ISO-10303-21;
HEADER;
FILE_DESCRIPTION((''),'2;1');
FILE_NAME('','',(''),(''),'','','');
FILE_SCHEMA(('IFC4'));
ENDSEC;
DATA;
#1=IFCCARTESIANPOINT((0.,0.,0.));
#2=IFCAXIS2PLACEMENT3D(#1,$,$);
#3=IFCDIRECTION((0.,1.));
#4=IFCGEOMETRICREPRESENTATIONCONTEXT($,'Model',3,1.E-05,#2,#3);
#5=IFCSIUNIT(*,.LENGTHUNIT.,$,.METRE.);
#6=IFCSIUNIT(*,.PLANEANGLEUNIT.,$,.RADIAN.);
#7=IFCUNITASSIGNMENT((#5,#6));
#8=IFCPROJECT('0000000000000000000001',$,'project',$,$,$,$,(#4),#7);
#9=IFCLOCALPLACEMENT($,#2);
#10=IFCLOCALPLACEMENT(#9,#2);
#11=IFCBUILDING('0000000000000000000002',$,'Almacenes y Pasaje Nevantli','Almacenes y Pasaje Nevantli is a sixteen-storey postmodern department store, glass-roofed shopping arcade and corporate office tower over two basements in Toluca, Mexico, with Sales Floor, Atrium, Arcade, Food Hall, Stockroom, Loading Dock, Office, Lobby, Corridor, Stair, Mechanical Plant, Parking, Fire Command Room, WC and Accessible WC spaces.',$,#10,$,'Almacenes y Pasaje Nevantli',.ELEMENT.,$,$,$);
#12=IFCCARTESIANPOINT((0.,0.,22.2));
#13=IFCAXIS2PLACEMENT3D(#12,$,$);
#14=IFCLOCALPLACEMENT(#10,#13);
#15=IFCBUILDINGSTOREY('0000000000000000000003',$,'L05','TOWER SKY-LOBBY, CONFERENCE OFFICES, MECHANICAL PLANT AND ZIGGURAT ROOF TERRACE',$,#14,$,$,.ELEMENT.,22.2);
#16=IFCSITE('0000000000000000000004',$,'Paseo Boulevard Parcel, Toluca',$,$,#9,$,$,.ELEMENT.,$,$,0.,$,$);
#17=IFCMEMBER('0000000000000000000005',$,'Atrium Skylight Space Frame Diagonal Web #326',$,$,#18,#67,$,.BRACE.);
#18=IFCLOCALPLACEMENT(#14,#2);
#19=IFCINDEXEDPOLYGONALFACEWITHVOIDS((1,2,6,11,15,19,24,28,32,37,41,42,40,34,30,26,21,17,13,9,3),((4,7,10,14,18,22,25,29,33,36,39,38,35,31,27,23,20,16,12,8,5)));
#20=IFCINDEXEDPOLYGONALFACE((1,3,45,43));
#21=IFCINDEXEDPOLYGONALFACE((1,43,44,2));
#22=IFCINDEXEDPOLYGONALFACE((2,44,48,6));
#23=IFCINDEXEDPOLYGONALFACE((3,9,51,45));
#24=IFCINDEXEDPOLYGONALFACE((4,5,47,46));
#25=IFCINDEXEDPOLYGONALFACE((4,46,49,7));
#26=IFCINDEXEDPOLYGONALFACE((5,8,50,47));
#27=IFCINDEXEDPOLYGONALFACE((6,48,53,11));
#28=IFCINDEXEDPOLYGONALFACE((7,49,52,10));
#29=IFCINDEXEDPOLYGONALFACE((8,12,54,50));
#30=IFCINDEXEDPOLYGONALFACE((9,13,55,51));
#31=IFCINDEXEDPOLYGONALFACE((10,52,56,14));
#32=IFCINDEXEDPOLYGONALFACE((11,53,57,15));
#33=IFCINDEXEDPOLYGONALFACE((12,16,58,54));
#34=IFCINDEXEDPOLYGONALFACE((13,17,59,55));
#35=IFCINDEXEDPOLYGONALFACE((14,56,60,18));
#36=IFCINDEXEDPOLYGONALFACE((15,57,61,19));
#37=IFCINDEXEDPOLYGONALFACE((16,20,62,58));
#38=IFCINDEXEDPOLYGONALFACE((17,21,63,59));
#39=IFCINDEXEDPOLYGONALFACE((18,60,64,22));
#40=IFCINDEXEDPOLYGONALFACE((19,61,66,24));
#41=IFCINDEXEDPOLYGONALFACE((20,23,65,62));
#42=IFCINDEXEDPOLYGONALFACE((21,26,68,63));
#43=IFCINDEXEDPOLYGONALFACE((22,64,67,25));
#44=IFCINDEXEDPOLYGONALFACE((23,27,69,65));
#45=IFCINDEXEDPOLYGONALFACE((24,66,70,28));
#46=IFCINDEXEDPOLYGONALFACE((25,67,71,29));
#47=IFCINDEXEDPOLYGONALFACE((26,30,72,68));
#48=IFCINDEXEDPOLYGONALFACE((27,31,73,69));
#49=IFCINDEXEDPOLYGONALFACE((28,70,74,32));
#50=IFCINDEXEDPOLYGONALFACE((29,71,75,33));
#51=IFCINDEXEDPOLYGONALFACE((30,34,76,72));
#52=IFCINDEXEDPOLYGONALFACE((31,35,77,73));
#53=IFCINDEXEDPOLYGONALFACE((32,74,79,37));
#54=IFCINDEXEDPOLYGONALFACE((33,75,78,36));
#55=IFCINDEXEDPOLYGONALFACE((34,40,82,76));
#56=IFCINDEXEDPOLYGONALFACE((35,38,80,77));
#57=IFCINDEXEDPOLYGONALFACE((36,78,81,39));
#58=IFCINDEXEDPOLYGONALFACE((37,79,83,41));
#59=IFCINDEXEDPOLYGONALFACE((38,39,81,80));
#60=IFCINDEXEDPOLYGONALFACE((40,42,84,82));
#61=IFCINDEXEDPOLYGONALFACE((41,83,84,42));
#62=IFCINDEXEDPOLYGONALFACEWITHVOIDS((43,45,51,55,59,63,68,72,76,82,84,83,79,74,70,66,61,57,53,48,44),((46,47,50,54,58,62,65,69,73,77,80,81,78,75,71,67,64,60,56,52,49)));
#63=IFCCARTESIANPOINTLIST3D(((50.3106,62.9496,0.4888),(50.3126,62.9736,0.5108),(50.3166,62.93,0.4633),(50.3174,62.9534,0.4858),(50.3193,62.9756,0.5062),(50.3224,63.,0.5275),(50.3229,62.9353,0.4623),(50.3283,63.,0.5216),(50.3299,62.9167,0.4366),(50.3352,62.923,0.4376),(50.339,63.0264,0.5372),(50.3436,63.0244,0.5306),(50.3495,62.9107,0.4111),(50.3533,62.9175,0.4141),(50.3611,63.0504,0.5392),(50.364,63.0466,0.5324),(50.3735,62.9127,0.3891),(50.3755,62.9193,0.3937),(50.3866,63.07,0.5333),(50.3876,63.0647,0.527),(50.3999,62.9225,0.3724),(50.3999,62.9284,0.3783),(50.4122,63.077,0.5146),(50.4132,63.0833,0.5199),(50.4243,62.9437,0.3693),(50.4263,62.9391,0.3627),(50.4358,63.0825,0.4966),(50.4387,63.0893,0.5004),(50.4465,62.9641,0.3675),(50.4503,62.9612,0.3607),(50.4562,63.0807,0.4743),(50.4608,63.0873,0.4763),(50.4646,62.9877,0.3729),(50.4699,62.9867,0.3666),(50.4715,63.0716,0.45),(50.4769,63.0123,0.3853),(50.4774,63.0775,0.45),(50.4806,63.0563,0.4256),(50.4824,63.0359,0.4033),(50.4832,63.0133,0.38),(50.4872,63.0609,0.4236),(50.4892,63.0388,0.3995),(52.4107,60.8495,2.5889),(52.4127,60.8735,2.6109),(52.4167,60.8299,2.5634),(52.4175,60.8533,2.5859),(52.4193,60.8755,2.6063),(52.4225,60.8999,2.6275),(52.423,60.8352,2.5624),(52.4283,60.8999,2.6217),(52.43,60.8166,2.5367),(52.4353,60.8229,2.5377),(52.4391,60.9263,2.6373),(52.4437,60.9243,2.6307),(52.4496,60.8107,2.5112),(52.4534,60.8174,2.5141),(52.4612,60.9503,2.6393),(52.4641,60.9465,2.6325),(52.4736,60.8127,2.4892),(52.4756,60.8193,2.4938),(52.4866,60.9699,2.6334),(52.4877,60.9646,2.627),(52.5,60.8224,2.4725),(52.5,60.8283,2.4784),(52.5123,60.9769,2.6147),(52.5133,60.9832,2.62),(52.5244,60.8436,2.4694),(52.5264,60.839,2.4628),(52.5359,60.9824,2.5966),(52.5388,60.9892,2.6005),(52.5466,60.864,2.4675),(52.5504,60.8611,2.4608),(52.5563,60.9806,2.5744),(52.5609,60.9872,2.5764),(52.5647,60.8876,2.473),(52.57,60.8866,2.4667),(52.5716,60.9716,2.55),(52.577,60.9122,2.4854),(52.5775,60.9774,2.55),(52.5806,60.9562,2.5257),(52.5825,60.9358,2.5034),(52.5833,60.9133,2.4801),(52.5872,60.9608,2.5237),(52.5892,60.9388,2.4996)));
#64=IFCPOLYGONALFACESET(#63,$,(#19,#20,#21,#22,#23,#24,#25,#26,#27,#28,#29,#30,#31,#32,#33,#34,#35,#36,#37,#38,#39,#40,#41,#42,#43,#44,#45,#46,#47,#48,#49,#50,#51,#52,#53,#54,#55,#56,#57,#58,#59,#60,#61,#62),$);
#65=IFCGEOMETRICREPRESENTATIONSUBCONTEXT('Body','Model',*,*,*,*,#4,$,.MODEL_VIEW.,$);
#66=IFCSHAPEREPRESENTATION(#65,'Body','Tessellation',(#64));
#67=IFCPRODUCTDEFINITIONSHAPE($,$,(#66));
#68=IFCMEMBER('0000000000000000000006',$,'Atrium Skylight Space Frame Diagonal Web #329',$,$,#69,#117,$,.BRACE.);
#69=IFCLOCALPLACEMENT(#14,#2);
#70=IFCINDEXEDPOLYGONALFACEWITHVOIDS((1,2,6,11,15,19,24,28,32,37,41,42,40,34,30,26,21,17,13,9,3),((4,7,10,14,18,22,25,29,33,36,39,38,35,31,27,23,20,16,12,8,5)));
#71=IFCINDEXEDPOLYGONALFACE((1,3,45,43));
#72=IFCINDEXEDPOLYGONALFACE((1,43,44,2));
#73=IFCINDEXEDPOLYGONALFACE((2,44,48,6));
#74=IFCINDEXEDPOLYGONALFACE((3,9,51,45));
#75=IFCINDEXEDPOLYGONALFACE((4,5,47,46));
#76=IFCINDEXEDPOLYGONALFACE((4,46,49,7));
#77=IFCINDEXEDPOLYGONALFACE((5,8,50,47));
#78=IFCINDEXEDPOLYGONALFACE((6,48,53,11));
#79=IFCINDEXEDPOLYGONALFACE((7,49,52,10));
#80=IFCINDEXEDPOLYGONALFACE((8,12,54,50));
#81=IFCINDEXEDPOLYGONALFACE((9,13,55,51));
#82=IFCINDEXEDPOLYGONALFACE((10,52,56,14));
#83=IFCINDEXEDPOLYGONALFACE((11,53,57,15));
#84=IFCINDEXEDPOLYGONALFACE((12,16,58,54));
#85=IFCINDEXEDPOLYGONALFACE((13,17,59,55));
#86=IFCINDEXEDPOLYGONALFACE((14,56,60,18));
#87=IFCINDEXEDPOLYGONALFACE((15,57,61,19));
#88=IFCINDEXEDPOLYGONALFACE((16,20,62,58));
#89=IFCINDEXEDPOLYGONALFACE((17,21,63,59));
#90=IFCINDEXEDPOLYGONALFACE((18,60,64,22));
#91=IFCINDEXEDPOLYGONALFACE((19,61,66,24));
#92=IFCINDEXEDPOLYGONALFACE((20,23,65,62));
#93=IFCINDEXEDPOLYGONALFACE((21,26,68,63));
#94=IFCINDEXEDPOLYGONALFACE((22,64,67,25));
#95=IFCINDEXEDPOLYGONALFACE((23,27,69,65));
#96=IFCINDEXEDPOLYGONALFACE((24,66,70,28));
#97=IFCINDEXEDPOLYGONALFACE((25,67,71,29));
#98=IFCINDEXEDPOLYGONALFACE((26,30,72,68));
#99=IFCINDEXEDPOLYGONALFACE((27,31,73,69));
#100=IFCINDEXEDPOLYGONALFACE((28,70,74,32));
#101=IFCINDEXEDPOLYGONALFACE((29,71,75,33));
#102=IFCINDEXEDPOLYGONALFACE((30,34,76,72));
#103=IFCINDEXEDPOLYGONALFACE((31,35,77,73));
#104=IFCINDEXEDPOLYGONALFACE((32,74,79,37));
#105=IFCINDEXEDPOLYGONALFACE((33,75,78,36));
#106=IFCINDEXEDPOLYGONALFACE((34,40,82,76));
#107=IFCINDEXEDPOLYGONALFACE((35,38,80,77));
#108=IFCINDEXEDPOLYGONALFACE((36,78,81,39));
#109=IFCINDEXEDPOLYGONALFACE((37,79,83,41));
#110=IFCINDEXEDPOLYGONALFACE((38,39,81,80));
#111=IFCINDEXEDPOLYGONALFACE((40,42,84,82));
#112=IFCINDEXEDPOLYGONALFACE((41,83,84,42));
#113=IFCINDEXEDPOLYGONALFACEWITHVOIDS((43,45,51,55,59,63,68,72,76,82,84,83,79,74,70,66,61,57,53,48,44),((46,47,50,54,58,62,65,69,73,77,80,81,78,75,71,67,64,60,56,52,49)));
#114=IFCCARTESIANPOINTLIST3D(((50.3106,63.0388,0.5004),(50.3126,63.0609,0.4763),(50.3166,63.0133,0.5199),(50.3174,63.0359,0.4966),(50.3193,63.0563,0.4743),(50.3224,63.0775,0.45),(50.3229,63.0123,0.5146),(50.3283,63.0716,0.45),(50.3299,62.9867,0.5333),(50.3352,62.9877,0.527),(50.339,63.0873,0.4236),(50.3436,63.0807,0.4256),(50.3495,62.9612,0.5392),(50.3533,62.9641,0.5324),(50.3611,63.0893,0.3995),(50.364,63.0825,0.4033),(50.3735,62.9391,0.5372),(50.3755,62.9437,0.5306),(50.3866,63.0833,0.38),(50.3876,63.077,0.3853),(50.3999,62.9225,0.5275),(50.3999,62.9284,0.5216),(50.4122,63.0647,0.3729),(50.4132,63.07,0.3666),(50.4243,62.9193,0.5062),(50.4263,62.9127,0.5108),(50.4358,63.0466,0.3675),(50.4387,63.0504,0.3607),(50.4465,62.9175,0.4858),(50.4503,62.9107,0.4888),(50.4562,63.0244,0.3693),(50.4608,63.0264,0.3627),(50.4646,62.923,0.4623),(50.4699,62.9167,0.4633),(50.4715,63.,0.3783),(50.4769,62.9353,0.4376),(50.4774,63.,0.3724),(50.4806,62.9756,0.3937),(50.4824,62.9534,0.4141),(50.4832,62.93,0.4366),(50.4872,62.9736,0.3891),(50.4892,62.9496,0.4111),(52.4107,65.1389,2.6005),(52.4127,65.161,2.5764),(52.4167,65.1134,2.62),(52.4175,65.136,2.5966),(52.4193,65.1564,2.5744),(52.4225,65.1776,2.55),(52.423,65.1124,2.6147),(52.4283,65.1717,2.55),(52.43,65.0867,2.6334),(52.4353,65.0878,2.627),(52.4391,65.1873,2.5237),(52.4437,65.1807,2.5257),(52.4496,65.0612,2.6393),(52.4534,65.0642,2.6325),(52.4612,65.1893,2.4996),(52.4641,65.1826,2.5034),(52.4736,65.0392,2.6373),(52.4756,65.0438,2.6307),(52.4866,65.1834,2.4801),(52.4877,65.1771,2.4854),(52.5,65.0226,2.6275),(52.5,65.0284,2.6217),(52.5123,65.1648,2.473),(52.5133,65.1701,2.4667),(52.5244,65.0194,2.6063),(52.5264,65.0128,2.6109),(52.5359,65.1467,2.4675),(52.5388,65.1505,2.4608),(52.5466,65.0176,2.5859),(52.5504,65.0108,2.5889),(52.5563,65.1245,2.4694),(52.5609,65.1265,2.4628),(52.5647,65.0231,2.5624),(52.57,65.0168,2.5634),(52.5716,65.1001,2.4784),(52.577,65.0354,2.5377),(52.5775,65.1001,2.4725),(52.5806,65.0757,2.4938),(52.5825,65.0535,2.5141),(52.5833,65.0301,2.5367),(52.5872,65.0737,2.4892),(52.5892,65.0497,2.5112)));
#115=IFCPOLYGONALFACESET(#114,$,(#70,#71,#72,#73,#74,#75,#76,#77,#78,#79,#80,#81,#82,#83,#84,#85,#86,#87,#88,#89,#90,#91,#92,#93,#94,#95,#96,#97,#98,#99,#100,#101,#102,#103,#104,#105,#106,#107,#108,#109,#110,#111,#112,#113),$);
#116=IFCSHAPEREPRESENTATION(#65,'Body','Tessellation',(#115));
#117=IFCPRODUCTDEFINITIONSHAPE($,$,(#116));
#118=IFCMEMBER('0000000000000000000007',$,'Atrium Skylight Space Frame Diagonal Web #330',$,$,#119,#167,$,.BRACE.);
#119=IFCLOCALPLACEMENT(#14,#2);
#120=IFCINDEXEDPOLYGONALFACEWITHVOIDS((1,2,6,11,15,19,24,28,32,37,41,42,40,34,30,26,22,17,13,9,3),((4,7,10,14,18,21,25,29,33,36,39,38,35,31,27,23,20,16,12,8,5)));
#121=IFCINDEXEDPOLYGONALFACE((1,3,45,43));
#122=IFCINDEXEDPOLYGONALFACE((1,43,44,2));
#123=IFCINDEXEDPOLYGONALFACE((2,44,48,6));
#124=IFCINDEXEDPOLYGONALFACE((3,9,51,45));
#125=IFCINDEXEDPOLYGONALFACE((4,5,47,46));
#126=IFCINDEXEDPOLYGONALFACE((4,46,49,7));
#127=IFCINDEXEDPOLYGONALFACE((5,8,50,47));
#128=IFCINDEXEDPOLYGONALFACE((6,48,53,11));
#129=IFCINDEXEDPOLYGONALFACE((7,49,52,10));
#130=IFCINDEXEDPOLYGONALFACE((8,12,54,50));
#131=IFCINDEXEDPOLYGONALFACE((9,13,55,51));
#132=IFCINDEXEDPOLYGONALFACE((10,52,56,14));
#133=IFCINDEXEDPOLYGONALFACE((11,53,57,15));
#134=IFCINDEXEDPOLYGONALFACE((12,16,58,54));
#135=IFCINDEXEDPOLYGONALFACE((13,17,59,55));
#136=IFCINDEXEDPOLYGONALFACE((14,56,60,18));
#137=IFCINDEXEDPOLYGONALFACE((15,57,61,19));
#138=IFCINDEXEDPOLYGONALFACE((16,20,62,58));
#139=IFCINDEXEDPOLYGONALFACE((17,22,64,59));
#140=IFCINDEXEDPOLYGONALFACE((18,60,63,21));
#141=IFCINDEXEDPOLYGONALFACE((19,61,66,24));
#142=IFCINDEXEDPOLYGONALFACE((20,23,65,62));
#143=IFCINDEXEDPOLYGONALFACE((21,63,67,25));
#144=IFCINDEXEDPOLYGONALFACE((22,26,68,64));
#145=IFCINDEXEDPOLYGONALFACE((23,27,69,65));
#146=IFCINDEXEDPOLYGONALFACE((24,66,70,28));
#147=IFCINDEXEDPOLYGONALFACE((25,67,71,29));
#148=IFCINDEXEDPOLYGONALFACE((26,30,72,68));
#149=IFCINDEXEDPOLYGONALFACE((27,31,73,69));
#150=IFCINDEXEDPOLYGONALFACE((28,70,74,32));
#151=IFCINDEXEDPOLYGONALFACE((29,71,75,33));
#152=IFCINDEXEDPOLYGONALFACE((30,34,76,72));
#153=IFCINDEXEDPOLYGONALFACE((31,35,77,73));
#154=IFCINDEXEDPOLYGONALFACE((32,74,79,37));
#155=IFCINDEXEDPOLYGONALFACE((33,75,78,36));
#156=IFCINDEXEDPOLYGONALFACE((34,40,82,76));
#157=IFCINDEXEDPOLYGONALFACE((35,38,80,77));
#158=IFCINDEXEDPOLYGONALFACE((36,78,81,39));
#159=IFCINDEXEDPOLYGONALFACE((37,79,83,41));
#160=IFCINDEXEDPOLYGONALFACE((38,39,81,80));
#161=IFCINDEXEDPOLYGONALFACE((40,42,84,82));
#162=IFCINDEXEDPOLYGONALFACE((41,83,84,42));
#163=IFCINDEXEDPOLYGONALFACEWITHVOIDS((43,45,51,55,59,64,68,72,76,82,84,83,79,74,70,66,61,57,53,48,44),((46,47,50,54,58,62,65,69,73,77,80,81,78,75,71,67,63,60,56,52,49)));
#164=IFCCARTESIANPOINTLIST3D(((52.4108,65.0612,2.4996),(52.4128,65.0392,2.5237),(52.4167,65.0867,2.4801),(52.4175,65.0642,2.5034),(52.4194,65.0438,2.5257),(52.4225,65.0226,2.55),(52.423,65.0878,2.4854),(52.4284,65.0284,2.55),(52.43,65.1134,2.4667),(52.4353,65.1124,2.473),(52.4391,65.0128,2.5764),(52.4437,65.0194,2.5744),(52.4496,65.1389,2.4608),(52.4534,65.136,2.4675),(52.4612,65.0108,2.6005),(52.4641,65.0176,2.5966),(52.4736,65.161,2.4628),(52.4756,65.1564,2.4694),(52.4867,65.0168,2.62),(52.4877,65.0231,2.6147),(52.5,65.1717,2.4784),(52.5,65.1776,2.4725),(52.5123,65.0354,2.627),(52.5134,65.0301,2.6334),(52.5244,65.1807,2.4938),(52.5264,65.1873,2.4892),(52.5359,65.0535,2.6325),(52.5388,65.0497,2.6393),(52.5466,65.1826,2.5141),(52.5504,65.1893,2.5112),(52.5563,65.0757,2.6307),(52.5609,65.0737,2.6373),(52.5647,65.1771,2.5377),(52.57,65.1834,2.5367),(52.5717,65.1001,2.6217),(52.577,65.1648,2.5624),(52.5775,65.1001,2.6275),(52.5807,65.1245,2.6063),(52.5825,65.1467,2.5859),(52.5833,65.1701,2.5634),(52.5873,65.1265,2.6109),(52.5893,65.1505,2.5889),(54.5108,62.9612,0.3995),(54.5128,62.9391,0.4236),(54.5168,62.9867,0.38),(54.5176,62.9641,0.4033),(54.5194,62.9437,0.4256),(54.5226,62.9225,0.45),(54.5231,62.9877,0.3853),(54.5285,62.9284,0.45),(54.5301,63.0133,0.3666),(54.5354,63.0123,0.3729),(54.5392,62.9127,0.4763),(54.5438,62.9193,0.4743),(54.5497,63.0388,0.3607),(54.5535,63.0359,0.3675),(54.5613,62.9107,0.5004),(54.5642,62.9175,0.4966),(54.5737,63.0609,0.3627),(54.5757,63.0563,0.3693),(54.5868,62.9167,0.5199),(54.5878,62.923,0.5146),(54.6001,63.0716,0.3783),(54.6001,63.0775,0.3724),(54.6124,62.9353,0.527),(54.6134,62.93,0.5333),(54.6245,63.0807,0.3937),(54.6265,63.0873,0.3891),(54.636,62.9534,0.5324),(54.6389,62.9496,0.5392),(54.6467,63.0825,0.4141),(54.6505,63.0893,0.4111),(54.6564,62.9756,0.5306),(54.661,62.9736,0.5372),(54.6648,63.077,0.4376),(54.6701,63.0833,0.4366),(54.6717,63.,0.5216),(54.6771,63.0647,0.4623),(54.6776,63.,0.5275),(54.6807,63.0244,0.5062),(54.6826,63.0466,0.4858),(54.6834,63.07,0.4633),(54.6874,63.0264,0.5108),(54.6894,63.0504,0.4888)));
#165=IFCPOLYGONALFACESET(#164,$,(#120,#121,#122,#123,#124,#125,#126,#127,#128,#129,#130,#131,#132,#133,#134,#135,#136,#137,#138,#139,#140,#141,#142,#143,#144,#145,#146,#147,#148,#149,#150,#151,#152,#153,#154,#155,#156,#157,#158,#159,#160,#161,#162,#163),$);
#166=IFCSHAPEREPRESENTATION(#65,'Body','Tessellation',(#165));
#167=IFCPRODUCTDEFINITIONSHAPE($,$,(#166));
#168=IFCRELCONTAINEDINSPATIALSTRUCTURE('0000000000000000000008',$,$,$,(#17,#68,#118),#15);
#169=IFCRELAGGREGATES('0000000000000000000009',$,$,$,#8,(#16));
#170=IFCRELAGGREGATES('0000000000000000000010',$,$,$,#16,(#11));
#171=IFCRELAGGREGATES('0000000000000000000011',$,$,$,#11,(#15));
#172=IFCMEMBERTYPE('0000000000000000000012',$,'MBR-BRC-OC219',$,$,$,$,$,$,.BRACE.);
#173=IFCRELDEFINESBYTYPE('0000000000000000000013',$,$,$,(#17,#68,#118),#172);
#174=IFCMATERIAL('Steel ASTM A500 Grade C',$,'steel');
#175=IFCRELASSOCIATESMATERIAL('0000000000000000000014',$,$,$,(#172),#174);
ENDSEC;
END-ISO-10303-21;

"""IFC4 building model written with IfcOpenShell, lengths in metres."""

from ifc_helpers import new_model, si_unit, direction, frame, origin, origin_2d, place, context, subcontext, project, spatial, hollow_circle, extrude, material, material_profile, profile_set, type_object, element, save


model = new_model("IFC4")

# Units and contexts
model_context = context("Model", 3, precision=1e-05, world=origin(), true_north=direction((0.0, 1.0)))
body_context = subcontext(model_context, "Body", "Model", "MODEL_VIEW")
ifc_project = project(units=[si_unit("LENGTHUNIT", "METRE"), si_unit("PLANEANGLEUNIT", "RADIAN")], contexts=[model_context])

# Site, building, storey
site_placement = place(None, origin())
site = spatial("IfcSite", under=ifc_project, at=site_placement, Name="Paseo Boulevard Parcel, Toluca", CompositionType="ELEMENT", RefElevation=0.0)
building_placement = place(site_placement, origin())
building = spatial("IfcBuilding", under=site, at=building_placement, Name="Almacenes y Pasaje Nevantli", Description="Almacenes y Pasaje Nevantli is a sixteen-storey postmodern department store, glass-roofed shopping arcade and corporate office tower over two basements in Toluca, Mexico, with Sales Floor, Atrium, Arcade, Food Hall, Stockroom, Loading Dock, Office, Lobby, Corridor, Stair, Mechanical Plant, Parking, Fire Command Room, WC and Accessible WC spaces.", LongName="Almacenes y Pasaje Nevantli", CompositionType="ELEMENT")
storey_placement = place(building_placement, frame((0.0, 0.0, 22.2)))
storey = spatial("IfcBuildingStorey", under=building, at=storey_placement, Name="L05", Description="TOWER SKY-LOBBY, CONFERENCE OFFICES, MECHANICAL PLANT AND ZIGGURAT ROOF TERRACE", CompositionType="ELEMENT", Elevation=22.2)

# Members
ifc_material_1 = material(Name="Steel ASTM A500 Grade C", Category="steel")
ifc_material_profile_1 = material_profile(ifc_material_1, hollow_circle(Radius=0.1096, WallThickness=0.0083, at=origin_2d()), Name="OC 219x8.2")
ifc_profile_set_1 = profile_set([ifc_material_profile_1], Name="Steel ASTM A500 Grade C")
member_type_1 = type_object("IfcMemberType", Name="MBR-BRC-OC219", PredefinedType="BRACE", material=ifc_profile_set_1)
for number, where, z_axis, x_axis, name in (
    (1, (50.3999, 63.0, 0.45), (0.57735, -0.57735, 0.57735), (0.707107, 0.707107, 0.0), "Atrium Skylight Space Frame Diagonal Web #326"),
    (2, (50.3999, 63.0, 0.45), (0.57735, 0.57735, 0.57735), (-0.707107, 0.707107, 0.0), "Atrium Skylight Space Frame Diagonal Web #329"),
    (3, (54.6001, 63.0, 0.45), (-0.57735, 0.57735, 0.57735), (-0.707107, -0.707107, 0.0), "Atrium Skylight Space Frame Diagonal Web #330"),
):
    element("IfcMember", number, at=place(storey_placement, frame(where, z_axis=z_axis, x_axis=x_axis)), inside=storey, type_object=member_type_1, Name=name, PredefinedType="BRACE", context=body_context, shape_type="SweptSolid", body=[
        extrude(hollow_circle(Radius=0.1096, WallThickness=0.0083, at=origin_2d()), origin(), (0.0, 0.0, 1.0), 3.6375),
    ])

save(model, "model.ifc")
